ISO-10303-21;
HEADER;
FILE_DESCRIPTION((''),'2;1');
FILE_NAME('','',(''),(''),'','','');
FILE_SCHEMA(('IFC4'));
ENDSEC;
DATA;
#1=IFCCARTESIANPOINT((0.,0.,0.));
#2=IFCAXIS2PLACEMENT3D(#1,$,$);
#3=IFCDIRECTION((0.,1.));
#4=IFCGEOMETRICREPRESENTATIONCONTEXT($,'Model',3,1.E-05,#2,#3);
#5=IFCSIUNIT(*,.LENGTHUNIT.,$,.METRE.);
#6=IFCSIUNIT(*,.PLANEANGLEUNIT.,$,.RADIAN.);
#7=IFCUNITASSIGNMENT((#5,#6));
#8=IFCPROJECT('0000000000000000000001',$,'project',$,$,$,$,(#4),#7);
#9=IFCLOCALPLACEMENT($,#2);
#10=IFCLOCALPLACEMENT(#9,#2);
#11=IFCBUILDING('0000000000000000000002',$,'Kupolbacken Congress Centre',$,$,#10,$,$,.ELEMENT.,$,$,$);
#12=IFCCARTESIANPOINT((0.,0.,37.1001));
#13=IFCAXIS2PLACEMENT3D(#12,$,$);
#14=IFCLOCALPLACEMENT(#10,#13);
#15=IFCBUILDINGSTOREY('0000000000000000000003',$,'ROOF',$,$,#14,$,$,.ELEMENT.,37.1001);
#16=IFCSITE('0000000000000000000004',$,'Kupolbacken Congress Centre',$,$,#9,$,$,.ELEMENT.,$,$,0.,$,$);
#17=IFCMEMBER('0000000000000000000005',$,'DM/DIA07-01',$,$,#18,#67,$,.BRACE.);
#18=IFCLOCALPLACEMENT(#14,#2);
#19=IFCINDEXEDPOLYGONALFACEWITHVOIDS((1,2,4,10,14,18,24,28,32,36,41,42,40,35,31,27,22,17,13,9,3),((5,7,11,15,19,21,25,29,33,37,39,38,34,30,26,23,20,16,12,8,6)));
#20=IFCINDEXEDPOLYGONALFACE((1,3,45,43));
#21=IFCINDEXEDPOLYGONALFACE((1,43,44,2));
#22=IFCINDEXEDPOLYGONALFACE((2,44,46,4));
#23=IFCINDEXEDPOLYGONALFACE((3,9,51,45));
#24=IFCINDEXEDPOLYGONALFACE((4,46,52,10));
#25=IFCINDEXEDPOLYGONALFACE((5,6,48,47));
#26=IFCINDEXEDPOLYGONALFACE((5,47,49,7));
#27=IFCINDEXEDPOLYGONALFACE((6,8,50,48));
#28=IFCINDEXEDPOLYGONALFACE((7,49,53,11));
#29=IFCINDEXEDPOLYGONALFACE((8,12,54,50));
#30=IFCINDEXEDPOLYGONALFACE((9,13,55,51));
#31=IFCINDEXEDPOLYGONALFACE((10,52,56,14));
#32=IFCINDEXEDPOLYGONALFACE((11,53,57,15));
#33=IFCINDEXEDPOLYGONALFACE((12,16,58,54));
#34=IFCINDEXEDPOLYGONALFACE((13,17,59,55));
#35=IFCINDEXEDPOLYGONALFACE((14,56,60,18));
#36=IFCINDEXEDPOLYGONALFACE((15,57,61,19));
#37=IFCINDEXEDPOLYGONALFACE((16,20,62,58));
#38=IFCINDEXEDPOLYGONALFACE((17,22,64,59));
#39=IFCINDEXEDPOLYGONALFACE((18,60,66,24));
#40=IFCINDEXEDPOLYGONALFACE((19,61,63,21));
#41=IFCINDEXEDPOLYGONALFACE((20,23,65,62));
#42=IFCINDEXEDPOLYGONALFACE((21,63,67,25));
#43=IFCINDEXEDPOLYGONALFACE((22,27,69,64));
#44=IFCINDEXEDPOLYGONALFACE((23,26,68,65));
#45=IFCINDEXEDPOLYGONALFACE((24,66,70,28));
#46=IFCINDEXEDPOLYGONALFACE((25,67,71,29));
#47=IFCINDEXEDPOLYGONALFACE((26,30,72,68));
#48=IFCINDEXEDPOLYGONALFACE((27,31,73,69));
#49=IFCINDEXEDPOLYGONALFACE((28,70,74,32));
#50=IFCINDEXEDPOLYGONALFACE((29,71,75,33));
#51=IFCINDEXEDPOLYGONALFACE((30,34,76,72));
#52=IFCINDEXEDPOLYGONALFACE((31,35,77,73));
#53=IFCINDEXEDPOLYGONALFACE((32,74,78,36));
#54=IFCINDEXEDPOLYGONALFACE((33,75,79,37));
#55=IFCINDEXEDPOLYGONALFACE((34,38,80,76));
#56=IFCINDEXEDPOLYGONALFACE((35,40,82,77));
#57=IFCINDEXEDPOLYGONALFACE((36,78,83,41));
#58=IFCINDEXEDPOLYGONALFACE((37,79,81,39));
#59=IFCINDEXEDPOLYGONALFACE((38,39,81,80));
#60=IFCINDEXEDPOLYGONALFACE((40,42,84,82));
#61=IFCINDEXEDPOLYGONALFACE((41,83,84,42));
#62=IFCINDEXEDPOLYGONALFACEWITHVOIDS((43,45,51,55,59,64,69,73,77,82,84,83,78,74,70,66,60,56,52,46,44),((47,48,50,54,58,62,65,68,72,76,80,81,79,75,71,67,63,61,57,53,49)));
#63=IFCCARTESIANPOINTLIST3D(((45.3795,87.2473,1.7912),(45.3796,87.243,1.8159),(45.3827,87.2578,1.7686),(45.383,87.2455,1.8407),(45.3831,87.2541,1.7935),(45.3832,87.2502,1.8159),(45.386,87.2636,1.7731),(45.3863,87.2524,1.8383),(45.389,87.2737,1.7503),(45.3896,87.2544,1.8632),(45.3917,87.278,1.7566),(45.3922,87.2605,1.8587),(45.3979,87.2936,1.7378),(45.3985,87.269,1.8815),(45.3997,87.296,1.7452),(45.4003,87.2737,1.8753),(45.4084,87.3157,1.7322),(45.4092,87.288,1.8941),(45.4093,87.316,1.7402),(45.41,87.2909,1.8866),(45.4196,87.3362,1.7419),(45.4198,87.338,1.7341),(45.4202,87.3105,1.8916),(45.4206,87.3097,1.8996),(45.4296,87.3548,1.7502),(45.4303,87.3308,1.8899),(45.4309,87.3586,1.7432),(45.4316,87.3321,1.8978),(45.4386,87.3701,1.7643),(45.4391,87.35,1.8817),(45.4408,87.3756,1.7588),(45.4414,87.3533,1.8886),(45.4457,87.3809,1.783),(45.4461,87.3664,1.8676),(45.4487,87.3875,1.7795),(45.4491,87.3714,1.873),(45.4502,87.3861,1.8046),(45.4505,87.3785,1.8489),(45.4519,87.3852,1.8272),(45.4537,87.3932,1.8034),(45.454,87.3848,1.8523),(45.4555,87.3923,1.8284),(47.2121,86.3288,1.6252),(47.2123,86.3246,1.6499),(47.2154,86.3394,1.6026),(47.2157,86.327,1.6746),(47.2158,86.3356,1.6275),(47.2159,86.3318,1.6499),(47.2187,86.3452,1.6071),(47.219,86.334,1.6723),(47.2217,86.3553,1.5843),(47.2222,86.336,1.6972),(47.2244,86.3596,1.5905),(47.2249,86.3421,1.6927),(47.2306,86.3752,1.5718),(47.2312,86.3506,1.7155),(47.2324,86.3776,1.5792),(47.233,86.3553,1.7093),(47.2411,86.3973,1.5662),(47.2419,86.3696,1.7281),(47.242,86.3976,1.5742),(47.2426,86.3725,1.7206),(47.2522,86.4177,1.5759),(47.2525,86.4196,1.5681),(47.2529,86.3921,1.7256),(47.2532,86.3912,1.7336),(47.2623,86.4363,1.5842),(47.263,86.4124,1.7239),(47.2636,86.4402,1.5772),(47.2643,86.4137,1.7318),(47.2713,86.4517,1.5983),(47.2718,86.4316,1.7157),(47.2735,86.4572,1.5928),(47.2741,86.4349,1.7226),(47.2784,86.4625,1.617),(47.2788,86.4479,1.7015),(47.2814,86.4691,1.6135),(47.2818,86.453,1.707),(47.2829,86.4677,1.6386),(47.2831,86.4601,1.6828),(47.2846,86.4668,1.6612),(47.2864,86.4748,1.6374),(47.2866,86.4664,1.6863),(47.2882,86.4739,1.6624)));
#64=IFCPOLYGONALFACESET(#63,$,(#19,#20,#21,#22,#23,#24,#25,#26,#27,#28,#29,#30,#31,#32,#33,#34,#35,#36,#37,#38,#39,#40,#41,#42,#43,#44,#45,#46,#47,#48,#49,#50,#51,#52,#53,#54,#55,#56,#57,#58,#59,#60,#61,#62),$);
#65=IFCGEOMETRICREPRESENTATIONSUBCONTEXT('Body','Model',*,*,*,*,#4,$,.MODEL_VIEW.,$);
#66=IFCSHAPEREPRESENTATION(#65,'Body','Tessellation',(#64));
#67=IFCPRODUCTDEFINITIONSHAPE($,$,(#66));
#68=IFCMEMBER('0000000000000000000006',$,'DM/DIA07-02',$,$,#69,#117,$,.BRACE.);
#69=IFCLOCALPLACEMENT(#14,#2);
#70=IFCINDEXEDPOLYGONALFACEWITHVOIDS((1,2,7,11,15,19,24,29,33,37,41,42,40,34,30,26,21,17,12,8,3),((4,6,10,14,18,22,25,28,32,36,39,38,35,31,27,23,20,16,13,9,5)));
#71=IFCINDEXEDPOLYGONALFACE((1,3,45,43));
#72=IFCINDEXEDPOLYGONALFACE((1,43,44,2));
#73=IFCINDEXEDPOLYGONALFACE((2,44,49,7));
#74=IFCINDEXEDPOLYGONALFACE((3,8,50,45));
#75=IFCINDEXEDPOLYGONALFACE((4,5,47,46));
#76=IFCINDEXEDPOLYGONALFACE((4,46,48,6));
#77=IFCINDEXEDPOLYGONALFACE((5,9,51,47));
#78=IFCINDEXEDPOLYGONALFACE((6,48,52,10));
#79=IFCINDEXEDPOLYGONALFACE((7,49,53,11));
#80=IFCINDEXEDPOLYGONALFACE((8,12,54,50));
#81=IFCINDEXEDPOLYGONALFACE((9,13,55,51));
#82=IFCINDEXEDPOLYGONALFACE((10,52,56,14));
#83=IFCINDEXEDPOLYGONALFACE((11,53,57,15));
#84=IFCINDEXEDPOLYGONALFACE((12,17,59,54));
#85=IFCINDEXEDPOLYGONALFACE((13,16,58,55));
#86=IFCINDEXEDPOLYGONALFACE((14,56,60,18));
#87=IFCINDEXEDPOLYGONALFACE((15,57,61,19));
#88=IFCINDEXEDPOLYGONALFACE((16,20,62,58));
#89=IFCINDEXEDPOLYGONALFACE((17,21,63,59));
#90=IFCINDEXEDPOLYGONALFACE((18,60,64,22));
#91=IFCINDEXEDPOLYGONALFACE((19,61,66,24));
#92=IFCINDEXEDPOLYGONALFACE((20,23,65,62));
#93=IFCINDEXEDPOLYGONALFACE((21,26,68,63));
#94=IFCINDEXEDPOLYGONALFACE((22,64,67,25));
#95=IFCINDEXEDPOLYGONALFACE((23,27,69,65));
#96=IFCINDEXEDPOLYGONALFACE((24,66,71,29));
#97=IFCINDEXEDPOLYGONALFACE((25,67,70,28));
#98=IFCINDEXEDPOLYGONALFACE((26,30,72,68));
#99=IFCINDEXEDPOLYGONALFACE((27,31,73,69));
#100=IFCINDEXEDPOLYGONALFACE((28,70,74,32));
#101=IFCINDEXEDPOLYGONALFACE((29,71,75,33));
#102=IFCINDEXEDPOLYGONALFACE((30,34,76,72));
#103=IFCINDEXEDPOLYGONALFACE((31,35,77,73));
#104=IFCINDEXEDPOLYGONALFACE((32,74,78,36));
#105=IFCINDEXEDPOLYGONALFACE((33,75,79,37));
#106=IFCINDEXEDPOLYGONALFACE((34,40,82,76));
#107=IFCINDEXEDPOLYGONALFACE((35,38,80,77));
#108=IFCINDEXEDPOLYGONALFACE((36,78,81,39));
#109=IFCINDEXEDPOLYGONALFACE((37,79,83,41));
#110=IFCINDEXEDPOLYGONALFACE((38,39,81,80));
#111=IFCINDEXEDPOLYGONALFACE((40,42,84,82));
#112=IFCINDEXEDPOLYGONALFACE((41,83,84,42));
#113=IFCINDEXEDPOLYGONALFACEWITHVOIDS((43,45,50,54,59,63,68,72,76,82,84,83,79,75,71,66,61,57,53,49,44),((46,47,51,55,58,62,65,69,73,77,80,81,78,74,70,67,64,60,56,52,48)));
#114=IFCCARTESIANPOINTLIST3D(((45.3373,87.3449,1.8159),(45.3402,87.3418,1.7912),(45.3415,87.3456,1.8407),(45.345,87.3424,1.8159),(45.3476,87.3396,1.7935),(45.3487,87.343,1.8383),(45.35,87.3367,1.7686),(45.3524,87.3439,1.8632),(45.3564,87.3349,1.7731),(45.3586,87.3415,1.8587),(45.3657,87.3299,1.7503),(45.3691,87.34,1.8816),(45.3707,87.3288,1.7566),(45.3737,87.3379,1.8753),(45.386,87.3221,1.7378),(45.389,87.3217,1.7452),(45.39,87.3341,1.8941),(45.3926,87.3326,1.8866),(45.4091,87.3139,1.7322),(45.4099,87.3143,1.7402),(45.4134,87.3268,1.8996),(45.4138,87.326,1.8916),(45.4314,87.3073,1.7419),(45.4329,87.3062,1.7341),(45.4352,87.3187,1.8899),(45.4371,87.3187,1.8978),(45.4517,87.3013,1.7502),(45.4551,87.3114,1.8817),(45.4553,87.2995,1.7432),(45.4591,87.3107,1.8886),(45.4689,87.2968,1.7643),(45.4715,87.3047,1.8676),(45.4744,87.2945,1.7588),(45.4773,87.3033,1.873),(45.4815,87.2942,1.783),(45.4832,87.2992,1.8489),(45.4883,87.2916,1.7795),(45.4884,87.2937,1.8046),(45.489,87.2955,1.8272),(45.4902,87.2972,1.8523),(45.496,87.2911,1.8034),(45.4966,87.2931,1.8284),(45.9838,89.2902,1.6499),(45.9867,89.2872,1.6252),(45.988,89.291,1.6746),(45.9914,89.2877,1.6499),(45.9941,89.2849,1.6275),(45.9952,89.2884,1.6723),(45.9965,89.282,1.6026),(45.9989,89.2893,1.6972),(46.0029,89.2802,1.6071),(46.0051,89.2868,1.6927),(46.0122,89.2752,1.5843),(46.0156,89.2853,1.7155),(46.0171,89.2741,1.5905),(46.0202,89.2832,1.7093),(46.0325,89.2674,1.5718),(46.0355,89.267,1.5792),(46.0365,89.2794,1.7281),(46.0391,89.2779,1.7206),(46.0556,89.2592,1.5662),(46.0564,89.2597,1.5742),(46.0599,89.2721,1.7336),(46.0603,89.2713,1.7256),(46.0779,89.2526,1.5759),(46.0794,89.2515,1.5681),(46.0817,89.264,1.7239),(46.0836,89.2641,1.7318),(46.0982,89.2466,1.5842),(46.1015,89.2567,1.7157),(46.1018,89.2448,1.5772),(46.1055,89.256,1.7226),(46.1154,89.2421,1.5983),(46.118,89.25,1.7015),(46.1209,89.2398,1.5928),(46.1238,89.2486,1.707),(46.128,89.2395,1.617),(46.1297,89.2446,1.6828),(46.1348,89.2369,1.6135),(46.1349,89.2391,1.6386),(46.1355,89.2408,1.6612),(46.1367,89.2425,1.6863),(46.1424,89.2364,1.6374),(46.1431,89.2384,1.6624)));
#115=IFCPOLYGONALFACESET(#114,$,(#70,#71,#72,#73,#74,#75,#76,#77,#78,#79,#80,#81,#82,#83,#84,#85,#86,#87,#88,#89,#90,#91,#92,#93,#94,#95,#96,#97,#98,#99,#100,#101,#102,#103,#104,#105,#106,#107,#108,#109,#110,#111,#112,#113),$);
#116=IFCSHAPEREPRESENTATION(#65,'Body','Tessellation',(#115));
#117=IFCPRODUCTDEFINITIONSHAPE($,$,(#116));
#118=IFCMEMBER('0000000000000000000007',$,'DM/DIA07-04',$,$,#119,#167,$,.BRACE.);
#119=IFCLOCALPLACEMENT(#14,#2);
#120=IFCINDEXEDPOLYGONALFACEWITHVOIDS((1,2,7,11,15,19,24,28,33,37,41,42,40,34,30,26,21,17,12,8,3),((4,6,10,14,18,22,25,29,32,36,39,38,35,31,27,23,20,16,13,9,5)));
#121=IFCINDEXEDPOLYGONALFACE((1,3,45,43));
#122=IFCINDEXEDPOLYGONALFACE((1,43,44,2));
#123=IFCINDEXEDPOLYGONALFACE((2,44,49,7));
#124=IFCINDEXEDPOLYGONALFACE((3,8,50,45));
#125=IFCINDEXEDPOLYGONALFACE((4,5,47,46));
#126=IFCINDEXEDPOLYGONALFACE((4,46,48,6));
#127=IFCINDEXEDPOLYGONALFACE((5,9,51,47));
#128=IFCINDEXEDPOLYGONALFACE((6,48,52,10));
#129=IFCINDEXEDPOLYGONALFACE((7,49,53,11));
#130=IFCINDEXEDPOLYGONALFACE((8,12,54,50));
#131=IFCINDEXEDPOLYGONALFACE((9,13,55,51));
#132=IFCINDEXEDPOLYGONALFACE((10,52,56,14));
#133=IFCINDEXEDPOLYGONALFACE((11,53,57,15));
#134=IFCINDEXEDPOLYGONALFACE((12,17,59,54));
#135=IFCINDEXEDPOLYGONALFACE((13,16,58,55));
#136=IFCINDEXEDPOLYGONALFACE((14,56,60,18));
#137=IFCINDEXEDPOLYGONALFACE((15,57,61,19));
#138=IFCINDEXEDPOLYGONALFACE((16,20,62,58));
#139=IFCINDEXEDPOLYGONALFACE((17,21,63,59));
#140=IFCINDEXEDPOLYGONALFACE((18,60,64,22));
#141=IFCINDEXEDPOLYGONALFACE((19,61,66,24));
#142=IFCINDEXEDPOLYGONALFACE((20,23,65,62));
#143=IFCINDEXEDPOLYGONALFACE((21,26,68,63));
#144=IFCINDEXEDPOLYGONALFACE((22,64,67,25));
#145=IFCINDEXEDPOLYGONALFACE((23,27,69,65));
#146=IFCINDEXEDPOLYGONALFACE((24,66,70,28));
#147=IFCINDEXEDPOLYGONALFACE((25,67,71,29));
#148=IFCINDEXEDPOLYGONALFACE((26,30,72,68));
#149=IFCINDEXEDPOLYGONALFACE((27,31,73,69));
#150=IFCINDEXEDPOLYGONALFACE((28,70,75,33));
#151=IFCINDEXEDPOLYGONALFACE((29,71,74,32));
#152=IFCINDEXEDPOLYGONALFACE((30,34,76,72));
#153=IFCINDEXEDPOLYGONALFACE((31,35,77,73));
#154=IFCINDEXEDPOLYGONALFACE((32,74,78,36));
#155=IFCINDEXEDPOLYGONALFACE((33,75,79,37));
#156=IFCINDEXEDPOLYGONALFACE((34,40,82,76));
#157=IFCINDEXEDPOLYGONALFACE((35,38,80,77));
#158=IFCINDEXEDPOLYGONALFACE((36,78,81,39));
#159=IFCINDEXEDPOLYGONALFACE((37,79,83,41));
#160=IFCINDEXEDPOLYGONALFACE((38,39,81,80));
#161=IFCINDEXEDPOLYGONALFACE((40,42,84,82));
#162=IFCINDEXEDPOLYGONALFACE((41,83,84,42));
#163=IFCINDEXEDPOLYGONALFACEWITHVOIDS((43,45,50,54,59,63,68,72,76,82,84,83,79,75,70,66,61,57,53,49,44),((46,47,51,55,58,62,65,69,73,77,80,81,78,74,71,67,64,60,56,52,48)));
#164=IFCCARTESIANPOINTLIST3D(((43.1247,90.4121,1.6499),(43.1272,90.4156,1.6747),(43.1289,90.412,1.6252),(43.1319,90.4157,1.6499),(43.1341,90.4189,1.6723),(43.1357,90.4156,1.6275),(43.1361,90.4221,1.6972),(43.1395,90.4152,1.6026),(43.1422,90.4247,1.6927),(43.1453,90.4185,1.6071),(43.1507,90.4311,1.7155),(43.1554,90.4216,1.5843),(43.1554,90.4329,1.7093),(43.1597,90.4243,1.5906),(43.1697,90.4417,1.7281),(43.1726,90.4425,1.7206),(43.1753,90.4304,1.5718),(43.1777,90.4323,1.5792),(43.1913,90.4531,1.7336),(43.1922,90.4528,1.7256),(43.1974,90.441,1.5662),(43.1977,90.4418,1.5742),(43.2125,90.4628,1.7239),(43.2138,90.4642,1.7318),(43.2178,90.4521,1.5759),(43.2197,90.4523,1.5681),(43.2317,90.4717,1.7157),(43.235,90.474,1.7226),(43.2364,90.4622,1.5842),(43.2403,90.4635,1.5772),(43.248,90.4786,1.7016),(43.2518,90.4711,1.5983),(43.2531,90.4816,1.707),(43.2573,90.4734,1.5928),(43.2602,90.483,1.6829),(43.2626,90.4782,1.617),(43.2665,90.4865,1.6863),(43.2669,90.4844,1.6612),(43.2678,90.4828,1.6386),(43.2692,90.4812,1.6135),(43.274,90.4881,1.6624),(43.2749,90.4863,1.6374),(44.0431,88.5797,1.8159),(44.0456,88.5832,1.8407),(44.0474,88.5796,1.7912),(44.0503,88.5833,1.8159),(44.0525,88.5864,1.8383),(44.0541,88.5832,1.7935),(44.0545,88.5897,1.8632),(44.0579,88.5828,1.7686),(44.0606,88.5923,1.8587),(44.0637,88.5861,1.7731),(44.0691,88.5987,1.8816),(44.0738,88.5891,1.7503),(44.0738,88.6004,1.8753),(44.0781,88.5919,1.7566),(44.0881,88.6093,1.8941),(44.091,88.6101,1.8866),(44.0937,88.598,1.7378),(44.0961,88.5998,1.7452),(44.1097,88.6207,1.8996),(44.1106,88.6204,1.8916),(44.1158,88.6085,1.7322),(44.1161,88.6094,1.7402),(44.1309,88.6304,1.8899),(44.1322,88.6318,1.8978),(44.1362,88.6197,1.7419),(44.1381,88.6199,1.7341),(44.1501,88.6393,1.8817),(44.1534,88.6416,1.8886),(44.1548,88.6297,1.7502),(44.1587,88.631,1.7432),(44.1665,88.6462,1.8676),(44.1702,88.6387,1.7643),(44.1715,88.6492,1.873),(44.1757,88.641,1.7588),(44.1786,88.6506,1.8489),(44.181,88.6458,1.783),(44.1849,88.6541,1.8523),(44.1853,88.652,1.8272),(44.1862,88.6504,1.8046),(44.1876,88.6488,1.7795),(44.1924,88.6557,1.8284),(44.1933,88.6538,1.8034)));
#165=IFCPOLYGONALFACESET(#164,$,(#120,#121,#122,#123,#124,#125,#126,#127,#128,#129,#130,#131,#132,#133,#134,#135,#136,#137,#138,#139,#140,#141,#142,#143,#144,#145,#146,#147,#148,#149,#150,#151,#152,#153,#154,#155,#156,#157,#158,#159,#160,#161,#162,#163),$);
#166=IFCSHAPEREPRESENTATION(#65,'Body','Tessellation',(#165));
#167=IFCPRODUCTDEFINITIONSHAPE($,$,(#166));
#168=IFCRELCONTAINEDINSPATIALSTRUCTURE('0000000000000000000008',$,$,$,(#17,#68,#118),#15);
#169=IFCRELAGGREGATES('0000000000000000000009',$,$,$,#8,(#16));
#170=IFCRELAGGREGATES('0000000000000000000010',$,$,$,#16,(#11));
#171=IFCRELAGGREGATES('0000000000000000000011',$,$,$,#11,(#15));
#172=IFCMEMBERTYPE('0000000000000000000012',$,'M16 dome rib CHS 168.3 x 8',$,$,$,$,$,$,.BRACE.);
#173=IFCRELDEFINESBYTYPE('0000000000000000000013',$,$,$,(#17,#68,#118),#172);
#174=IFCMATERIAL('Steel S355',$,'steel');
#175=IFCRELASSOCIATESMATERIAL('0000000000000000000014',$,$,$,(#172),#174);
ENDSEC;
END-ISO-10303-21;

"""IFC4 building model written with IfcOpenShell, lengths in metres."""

from ifc_helpers import new_model, si_unit, direction, frame, origin, origin_2d, place, context, subcontext, project, spatial, hollow_circle, extrude, material, material_profile, profile_set, type_object, element, save


model = new_model("IFC4")

# Units and contexts
model_context = context("Model", 3, precision=1e-05, world=origin(), true_north=direction((0.0, 1.0)))
body_context = subcontext(model_context, "Body", "Model", "MODEL_VIEW")
ifc_project = project(units=[si_unit("LENGTHUNIT", "METRE"), si_unit("PLANEANGLEUNIT", "RADIAN")], contexts=[model_context])

# Site, building, storey
site_placement = place(None, origin())
site = spatial("IfcSite", under=ifc_project, at=site_placement, Name="Kupolbacken Congress Centre", CompositionType="ELEMENT", RefElevation=0.0)
building_placement = place(site_placement, origin())
building = spatial("IfcBuilding", under=site, at=building_placement, Name="Kupolbacken Congress Centre", CompositionType="ELEMENT")
storey_placement = place(building_placement, frame((0.0, 0.0, 37.1001)))
storey = spatial("IfcBuildingStorey", under=building, at=storey_placement, Name="ROOF", CompositionType="ELEMENT", Elevation=37.1001)

# Members
ifc_material_1 = material(Name="Steel S355", Category="steel")
ifc_material_profile_1 = material_profile(ifc_material_1, hollow_circle(Radius=0.0842, WallThickness=0.0081, at=origin_2d()), Name="CHS 168.3 x 8")
ifc_profile_set_1 = profile_set([ifc_material_profile_1], Name="Steel S355")
member_type_1 = type_object("IfcMemberType", Name="M16 dome rib CHS 168.3 x 8", PredefinedType="BRACE", material=ifc_profile_set_1)
for number, where, z_axis, x_axis, name in (
    (1, (47.25, 86.3999, 1.6499), (-0.891105, 0.446561, 0.080718), (-0.448023, -0.894022, 0.0), "DM/DIA07-01"),
    (2, (45.4172, 87.3184, 1.8159), (0.314341, 0.945872, -0.080722), (-0.948969, 0.31537, 0.0), "DM/DIA07-02"),
):
    element("IfcMember", number, at=place(storey_placement, frame(where, z_axis=z_axis, x_axis=x_axis)), inside=storey, type_object=member_type_1, Name=name, PredefinedType="BRACE", context=body_context, shape_type="SweptSolid", body=[
        extrude(hollow_circle(Radius=0.0842, WallThickness=0.0081, at=origin_2d()), origin(), (0.0, 0.0, 1.0), 2.0566),
    ])
member_1_placement = place(storey_placement, frame((44.1184, 88.6174, 1.8159), z_axis=(-0.446609, 0.89108, -0.080727), x_axis=(-0.893998, -0.448071, 0.0)))
element("IfcMember", 3, at=member_1_placement, inside=storey, type_object=member_type_1, Name="DM/DIA07-04", PredefinedType="BRACE", context=body_context, shape_type="SweptSolid", body=[
    extrude(hollow_circle(Radius=0.0842, WallThickness=0.0081, at=origin_2d()), origin(), (0.0, 0.0, 1.0), 2.0564),
])

save(model, "model.ifc")
